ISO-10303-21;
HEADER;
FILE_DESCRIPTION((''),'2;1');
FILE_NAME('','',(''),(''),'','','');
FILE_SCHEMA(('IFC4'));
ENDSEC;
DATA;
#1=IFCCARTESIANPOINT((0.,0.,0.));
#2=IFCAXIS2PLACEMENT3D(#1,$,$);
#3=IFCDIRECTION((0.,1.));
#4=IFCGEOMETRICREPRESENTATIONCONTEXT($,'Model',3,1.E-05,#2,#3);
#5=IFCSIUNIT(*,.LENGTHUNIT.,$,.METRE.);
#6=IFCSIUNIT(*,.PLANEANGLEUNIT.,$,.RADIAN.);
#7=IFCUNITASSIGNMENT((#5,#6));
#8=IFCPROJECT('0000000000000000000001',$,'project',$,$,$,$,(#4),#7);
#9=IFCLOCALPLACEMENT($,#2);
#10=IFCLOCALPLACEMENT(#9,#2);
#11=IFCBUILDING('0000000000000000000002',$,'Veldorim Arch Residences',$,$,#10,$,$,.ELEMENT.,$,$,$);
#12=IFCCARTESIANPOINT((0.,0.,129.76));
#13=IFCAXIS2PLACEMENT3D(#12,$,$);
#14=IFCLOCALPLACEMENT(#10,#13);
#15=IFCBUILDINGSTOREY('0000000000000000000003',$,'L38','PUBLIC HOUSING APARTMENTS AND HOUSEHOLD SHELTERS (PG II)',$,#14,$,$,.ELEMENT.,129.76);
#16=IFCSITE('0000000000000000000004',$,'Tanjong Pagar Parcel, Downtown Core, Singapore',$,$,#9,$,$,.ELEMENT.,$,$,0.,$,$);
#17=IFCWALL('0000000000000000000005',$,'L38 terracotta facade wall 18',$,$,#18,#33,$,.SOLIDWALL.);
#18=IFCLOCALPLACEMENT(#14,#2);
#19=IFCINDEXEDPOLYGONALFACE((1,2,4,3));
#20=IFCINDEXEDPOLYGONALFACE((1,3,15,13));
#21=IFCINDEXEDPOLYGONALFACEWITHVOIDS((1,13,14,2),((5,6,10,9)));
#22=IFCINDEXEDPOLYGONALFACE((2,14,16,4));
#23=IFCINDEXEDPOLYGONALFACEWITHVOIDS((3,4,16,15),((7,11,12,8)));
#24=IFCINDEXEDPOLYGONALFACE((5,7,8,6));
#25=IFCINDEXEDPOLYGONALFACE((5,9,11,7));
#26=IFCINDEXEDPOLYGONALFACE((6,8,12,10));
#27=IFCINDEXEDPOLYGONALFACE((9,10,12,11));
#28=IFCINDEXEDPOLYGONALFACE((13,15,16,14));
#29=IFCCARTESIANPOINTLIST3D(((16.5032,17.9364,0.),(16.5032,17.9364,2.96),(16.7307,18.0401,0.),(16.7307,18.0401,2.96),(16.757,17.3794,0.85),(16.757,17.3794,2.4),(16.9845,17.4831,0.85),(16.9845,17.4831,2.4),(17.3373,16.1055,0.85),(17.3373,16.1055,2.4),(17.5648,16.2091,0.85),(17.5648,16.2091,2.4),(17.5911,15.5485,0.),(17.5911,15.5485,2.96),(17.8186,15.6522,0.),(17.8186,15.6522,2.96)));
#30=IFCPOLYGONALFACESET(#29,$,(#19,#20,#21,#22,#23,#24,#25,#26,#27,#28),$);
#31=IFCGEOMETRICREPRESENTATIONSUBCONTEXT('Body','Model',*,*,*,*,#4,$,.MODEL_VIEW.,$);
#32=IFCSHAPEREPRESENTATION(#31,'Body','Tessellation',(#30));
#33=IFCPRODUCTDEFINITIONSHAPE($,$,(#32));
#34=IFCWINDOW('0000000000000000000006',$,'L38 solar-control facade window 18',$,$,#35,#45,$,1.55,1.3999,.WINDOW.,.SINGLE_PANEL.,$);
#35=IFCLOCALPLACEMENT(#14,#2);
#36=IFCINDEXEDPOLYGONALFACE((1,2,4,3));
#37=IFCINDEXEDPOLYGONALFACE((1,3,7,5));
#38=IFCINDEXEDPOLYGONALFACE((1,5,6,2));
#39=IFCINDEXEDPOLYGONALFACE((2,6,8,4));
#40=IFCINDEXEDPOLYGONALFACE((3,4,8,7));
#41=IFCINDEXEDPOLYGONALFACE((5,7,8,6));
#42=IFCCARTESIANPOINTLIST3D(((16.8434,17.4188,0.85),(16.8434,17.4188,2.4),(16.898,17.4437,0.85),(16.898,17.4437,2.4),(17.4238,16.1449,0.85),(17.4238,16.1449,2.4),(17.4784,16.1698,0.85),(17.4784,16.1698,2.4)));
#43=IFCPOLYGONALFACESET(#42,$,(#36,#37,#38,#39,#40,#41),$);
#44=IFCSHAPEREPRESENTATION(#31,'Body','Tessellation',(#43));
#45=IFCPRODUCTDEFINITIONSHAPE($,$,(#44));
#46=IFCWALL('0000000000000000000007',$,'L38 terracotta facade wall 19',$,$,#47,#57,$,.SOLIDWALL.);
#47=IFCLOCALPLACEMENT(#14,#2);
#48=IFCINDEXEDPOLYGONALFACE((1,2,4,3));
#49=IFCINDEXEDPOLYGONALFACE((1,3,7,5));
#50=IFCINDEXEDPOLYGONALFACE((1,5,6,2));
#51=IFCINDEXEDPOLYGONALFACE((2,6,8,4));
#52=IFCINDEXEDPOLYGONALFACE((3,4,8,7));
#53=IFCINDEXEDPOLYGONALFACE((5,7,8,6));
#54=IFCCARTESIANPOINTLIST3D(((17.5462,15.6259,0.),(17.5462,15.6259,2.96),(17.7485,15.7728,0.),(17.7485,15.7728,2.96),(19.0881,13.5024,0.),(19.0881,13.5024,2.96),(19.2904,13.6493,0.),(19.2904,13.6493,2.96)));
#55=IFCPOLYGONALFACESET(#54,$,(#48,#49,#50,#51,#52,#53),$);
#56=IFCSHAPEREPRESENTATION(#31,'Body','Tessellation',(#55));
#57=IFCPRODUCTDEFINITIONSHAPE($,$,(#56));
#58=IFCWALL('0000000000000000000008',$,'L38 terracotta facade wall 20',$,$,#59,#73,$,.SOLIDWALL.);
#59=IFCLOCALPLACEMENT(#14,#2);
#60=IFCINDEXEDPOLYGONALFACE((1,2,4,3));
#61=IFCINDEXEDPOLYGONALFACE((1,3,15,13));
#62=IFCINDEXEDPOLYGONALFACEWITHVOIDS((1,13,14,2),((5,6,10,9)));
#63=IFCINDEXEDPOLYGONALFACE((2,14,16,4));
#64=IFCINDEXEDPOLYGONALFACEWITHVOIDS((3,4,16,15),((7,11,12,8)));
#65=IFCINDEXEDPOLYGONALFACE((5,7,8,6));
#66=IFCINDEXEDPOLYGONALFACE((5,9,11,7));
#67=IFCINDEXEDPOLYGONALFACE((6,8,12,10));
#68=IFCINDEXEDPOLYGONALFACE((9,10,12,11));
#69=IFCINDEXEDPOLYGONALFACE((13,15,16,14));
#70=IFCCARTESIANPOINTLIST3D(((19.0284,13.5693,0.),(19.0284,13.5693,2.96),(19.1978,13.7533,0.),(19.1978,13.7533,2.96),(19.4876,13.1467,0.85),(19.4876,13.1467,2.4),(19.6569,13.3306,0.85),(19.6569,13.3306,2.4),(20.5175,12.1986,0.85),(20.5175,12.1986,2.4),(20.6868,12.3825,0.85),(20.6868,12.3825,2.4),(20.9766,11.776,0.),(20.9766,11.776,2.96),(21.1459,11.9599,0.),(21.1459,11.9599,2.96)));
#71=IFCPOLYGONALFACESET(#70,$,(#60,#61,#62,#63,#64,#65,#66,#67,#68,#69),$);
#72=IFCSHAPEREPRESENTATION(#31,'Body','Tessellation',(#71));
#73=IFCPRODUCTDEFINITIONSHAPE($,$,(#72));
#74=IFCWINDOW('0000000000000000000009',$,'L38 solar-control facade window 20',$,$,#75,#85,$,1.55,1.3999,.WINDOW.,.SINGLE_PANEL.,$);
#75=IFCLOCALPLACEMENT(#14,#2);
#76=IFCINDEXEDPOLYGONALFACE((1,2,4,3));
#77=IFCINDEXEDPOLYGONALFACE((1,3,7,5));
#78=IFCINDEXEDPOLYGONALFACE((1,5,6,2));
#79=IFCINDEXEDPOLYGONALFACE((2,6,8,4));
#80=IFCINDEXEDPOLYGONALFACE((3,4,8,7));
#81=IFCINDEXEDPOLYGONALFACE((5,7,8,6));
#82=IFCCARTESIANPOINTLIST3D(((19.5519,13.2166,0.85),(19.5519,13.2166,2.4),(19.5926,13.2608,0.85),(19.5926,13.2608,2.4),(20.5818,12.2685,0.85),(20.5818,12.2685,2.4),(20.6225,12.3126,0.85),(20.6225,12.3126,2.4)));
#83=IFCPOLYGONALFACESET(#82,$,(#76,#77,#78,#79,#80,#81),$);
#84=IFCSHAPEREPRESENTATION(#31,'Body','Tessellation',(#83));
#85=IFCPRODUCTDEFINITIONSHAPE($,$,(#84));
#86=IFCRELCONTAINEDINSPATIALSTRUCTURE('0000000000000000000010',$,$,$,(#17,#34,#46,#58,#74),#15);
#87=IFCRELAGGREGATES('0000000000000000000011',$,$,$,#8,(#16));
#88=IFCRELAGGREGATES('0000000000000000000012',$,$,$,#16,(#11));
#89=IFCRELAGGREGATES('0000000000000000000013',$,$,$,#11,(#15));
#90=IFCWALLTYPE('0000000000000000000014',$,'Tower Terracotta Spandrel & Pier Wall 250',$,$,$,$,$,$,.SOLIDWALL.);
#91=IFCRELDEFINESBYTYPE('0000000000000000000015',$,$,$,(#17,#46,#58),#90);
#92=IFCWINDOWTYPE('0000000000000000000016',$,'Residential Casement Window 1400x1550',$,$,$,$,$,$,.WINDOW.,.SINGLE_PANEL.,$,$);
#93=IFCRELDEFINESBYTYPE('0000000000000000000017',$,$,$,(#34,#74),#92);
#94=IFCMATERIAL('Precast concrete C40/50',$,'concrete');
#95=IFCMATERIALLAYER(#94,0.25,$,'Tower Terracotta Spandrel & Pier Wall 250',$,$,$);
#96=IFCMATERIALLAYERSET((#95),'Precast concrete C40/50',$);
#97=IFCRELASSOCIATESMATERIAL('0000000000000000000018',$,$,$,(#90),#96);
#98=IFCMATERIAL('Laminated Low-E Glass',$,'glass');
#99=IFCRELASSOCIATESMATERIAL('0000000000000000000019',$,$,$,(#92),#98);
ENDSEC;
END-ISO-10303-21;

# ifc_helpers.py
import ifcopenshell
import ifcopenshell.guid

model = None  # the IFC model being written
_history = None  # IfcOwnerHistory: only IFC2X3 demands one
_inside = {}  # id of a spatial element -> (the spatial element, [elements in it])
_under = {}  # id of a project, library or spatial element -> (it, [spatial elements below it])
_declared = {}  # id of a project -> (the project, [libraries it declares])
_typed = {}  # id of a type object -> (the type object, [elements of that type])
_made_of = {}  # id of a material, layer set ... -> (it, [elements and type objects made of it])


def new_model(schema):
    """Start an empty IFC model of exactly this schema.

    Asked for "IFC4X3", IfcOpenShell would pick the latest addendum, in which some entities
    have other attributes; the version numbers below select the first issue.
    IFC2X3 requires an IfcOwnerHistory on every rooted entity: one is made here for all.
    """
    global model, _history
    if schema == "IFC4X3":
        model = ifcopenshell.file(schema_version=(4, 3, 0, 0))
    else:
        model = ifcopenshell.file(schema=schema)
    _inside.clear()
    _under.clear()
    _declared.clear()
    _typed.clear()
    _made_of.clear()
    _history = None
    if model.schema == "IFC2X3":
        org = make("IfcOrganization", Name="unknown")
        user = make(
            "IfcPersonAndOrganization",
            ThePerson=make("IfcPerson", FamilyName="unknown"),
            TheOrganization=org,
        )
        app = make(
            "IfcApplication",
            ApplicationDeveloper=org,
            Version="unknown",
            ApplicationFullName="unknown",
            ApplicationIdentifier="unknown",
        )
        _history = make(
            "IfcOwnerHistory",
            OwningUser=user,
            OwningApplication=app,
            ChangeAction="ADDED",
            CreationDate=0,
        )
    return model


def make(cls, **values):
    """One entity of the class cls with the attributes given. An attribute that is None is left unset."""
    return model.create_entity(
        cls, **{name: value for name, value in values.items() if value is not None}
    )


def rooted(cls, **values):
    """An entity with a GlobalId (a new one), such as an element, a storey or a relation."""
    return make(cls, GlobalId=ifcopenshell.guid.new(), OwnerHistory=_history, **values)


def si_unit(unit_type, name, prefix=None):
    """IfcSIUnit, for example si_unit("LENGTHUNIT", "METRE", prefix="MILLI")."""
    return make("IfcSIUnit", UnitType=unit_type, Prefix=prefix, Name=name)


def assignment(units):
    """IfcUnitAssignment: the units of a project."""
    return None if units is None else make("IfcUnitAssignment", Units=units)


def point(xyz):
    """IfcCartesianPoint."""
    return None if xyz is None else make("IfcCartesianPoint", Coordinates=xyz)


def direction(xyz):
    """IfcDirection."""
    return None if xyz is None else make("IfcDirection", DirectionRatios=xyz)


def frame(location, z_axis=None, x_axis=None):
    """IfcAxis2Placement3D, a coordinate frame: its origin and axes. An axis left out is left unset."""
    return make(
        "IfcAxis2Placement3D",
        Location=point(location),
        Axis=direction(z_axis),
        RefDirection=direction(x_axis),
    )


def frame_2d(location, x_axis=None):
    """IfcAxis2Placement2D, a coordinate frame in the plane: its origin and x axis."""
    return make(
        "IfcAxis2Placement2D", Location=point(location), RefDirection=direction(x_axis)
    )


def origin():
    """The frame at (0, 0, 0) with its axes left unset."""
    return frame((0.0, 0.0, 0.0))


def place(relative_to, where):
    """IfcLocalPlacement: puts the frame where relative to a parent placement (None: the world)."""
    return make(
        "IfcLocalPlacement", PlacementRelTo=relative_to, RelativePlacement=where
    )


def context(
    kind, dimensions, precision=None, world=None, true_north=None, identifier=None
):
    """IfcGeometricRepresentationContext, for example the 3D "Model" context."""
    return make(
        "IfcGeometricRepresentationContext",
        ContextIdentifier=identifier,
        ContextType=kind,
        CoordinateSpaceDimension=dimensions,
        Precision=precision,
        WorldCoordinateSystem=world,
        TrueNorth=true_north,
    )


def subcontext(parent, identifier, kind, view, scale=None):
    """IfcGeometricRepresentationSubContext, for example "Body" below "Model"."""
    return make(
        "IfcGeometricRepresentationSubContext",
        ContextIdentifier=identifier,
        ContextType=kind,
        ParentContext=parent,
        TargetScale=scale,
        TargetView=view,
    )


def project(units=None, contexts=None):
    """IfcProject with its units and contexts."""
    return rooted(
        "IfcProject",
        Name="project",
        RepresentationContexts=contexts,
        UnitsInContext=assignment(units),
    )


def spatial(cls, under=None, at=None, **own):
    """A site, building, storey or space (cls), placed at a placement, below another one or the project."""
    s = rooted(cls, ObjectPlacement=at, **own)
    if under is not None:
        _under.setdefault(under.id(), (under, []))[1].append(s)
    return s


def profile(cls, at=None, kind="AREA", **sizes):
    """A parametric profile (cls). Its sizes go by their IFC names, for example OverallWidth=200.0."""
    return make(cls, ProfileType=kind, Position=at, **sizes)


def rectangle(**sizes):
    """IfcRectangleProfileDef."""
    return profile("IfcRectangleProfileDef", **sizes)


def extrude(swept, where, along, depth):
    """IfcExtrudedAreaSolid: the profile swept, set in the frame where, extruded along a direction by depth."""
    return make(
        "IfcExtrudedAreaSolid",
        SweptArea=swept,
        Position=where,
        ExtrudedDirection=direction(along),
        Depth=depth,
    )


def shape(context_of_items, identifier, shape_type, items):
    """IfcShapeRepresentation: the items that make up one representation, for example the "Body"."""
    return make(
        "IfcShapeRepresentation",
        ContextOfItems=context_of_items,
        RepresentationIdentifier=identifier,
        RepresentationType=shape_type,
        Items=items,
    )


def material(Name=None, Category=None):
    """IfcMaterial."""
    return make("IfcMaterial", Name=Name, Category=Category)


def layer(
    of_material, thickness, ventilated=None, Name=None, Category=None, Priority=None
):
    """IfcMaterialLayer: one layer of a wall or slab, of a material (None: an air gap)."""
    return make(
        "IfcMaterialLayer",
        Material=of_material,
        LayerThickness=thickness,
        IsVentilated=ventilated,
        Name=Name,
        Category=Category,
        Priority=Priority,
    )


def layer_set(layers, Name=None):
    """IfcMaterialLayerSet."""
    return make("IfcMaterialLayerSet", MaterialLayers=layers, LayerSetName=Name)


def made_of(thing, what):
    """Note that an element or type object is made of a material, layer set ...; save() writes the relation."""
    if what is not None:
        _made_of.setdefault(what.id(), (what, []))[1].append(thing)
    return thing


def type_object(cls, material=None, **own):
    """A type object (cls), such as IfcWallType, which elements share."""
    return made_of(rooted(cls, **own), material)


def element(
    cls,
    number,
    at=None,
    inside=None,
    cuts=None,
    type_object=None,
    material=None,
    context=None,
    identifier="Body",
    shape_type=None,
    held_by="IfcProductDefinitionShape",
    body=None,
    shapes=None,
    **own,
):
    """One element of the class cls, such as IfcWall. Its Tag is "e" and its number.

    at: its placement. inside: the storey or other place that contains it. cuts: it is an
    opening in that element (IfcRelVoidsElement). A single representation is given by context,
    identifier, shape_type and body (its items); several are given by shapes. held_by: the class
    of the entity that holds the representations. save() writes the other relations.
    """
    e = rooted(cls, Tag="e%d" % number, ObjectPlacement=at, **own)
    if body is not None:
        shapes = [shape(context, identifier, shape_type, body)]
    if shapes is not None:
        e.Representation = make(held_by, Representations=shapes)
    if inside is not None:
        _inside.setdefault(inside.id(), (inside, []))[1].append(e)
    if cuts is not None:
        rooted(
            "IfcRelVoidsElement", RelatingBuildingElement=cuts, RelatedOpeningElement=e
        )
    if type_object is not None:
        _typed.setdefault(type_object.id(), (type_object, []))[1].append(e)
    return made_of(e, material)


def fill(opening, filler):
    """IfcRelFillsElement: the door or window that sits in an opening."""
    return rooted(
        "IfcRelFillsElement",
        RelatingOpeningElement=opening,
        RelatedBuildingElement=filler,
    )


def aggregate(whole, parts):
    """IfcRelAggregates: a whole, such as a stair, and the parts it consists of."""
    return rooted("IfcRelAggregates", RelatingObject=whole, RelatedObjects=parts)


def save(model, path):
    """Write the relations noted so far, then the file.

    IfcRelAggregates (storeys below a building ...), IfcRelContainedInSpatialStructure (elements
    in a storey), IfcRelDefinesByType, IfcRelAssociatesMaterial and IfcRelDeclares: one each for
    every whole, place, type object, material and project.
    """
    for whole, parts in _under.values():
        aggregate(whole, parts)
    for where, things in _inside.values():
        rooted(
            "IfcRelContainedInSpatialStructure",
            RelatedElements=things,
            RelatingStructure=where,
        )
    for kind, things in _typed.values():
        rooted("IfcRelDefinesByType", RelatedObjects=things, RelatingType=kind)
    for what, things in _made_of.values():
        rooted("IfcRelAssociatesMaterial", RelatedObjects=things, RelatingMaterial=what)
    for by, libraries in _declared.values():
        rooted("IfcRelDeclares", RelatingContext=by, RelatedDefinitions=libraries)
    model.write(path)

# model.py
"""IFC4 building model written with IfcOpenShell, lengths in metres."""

from ifc_helpers import new_model, si_unit, direction, frame, frame_2d, origin, place, context, subcontext, project, spatial, rectangle, extrude, material, layer, layer_set, type_object, element, fill, save


model = new_model("IFC4")

# Units and contexts
model_context = context("Model", 3, precision=1e-05, world=origin(), true_north=direction((0.0, 1.0)))
body_context = subcontext(model_context, "Body", "Model", "MODEL_VIEW")
ifc_project = project(units=[si_unit("LENGTHUNIT", "METRE"), si_unit("PLANEANGLEUNIT", "RADIAN")], contexts=[model_context])

# Site, building, storey
site_placement = place(None, origin())
site = spatial("IfcSite", under=ifc_project, at=site_placement, Name="Tanjong Pagar Parcel, Downtown Core, Singapore", CompositionType="ELEMENT", RefElevation=0.0)
building_placement = place(site_placement, origin())
building = spatial("IfcBuilding", under=site, at=building_placement, Name="Veldorim Arch Residences", CompositionType="ELEMENT")
storey_placement = place(building_placement, frame((0.0, 0.0, 129.76)))
storey = spatial("IfcBuildingStorey", under=building, at=storey_placement, Name="L38", Description="PUBLIC HOUSING APARTMENTS AND HOUSEHOLD SHELTERS (PG II)", CompositionType="ELEMENT", Elevation=129.76)

# Wall, opening, window
ifc_material_1 = material(Name="Precast concrete C40/50", Category="concrete")
ifc_layer_1 = layer(ifc_material_1, 0.25, Name="Tower Terracotta Spandrel & Pier Wall 250")
ifc_layer_set_1 = layer_set([ifc_layer_1], Name="Precast concrete C40/50")
wall_type_1 = type_object("IfcWallType", Name="Tower Terracotta Spandrel & Pier Wall 250", PredefinedType="SOLIDWALL", material=ifc_layer_set_1)
wall_1_placement = place(storey_placement, frame((17.7048, 15.6003, 0.0), z_axis=(0.0, 0.0, 1.0), x_axis=(-0.414581, 0.910012, 0.0)))
wall_1 = element("IfcWall", 1, at=wall_1_placement, inside=storey, type_object=wall_type_1, Name="L38 terracotta facade wall 18", PredefinedType="SOLIDWALL", context=body_context, shape_type="SweptSolid", body=[
    extrude(rectangle(XDim=2.624, YDim=0.25, at=frame_2d((1.312, 0.0))), origin(), (0.0, 0.0, 1.0), 2.96),
])
opening_1_placement = place(wall_1_placement, frame((0.6121, 0.0, 0.8501)))
opening_1 = element("IfcOpeningElement", 2, at=opening_1_placement, cuts=wall_1, PredefinedType="OPENING", context=body_context, shape_type="SweptSolid", body=[
    extrude(rectangle(XDim=1.3999, YDim=1.55, at=frame_2d((0.7, 0.7749))), frame((0.0, 0.135, 0.0), z_axis=(0.0, -1.0, 0.0), x_axis=(1.0, 0.0, 0.0)), (0.0, 0.0, 1.0), 0.27),
])
ifc_material_2 = material(Name="Laminated Low-E Glass", Category="glass")
window_type = type_object("IfcWindowType", Name="Residential Casement Window 1400x1550", PartitioningType="SINGLE_PANEL", PredefinedType="WINDOW", material=ifc_material_2)
window_1_placement = place(opening_1_placement, origin())
window_1 = element("IfcWindow", 3, at=window_1_placement, inside=storey, type_object=window_type, Name="L38 solar-control facade window 18", OverallHeight=1.55, OverallWidth=1.3999, PartitioningType="SINGLE_PANEL", PredefinedType="WINDOW", context=body_context, shape_type="SweptSolid", body=[
    extrude(rectangle(XDim=1.3999, YDim=1.55, at=frame_2d((0.7, 0.7749))), frame((0.0, 0.03, 0.0), z_axis=(0.0, -1.0, 0.0), x_axis=(1.0, 0.0, 0.0)), (0.0, 0.0, 1.0), 0.0601),
])
fill(opening_1, window_1)

# Wall
wall_2_placement = place(storey_placement, frame((19.1892, 13.5759, 0.0), z_axis=(0.0, 0.0, 1.0), x_axis=(-0.587574, 0.80917, 0.0)))
element("IfcWall", 4, at=wall_2_placement, inside=storey, type_object=wall_type_1, Name="L38 terracotta facade wall 19", PredefinedType="SOLIDWALL", context=body_context, shape_type="SweptSolid", body=[
    extrude(rectangle(XDim=2.6243, YDim=0.25, at=frame_2d((1.312, 0.0))), origin(), (0.0, 0.0, 1.0), 2.96),
])

# Wall, opening, window
wall_3_placement = place(storey_placement, frame((21.0613, 11.8679, 0.0), z_axis=(0.0, 0.0, 1.0), x_axis=(-0.735729, 0.677276, 0.0)))
wall_3 = element("IfcWall", 5, at=wall_3_placement, inside=storey, type_object=wall_type_1, Name="L38 terracotta facade wall 20", PredefinedType="SOLIDWALL", context=body_context, shape_type="SweptSolid", body=[
    extrude(rectangle(XDim=2.6479, YDim=0.25, at=frame_2d((1.324, 0.0))), origin(), (0.0, 0.0, 1.0), 2.96),
])
opening_2_placement = place(wall_3_placement, frame((0.624, 0.0, 0.8501)))
opening_2 = element("IfcOpeningElement", 6, at=opening_2_placement, cuts=wall_3, PredefinedType="OPENING", context=body_context, shape_type="SweptSolid", body=[
    extrude(rectangle(XDim=1.3999, YDim=1.55, at=frame_2d((0.7, 0.7749))), frame((0.0, 0.135, 0.0), z_axis=(0.0, -1.0, 0.0), x_axis=(1.0, 0.0, 0.0)), (0.0, 0.0, 1.0), 0.27),
])
window_2_placement = place(opening_2_placement, origin())
window_2 = element("IfcWindow", 7, at=window_2_placement, inside=storey, type_object=window_type, Name="L38 solar-control facade window 20", OverallHeight=1.55, OverallWidth=1.3999, PartitioningType="SINGLE_PANEL", PredefinedType="WINDOW", context=body_context, shape_type="SweptSolid", body=[
    extrude(rectangle(XDim=1.3999, YDim=1.55, at=frame_2d((0.7, 0.7749))), frame((0.0, 0.03, 0.0), z_axis=(0.0, -1.0, 0.0), x_axis=(1.0, 0.0, 0.0)), (0.0, 0.0, 1.0), 0.0601),
])
fill(opening_2, window_2)

save(model, "model.ifc")
